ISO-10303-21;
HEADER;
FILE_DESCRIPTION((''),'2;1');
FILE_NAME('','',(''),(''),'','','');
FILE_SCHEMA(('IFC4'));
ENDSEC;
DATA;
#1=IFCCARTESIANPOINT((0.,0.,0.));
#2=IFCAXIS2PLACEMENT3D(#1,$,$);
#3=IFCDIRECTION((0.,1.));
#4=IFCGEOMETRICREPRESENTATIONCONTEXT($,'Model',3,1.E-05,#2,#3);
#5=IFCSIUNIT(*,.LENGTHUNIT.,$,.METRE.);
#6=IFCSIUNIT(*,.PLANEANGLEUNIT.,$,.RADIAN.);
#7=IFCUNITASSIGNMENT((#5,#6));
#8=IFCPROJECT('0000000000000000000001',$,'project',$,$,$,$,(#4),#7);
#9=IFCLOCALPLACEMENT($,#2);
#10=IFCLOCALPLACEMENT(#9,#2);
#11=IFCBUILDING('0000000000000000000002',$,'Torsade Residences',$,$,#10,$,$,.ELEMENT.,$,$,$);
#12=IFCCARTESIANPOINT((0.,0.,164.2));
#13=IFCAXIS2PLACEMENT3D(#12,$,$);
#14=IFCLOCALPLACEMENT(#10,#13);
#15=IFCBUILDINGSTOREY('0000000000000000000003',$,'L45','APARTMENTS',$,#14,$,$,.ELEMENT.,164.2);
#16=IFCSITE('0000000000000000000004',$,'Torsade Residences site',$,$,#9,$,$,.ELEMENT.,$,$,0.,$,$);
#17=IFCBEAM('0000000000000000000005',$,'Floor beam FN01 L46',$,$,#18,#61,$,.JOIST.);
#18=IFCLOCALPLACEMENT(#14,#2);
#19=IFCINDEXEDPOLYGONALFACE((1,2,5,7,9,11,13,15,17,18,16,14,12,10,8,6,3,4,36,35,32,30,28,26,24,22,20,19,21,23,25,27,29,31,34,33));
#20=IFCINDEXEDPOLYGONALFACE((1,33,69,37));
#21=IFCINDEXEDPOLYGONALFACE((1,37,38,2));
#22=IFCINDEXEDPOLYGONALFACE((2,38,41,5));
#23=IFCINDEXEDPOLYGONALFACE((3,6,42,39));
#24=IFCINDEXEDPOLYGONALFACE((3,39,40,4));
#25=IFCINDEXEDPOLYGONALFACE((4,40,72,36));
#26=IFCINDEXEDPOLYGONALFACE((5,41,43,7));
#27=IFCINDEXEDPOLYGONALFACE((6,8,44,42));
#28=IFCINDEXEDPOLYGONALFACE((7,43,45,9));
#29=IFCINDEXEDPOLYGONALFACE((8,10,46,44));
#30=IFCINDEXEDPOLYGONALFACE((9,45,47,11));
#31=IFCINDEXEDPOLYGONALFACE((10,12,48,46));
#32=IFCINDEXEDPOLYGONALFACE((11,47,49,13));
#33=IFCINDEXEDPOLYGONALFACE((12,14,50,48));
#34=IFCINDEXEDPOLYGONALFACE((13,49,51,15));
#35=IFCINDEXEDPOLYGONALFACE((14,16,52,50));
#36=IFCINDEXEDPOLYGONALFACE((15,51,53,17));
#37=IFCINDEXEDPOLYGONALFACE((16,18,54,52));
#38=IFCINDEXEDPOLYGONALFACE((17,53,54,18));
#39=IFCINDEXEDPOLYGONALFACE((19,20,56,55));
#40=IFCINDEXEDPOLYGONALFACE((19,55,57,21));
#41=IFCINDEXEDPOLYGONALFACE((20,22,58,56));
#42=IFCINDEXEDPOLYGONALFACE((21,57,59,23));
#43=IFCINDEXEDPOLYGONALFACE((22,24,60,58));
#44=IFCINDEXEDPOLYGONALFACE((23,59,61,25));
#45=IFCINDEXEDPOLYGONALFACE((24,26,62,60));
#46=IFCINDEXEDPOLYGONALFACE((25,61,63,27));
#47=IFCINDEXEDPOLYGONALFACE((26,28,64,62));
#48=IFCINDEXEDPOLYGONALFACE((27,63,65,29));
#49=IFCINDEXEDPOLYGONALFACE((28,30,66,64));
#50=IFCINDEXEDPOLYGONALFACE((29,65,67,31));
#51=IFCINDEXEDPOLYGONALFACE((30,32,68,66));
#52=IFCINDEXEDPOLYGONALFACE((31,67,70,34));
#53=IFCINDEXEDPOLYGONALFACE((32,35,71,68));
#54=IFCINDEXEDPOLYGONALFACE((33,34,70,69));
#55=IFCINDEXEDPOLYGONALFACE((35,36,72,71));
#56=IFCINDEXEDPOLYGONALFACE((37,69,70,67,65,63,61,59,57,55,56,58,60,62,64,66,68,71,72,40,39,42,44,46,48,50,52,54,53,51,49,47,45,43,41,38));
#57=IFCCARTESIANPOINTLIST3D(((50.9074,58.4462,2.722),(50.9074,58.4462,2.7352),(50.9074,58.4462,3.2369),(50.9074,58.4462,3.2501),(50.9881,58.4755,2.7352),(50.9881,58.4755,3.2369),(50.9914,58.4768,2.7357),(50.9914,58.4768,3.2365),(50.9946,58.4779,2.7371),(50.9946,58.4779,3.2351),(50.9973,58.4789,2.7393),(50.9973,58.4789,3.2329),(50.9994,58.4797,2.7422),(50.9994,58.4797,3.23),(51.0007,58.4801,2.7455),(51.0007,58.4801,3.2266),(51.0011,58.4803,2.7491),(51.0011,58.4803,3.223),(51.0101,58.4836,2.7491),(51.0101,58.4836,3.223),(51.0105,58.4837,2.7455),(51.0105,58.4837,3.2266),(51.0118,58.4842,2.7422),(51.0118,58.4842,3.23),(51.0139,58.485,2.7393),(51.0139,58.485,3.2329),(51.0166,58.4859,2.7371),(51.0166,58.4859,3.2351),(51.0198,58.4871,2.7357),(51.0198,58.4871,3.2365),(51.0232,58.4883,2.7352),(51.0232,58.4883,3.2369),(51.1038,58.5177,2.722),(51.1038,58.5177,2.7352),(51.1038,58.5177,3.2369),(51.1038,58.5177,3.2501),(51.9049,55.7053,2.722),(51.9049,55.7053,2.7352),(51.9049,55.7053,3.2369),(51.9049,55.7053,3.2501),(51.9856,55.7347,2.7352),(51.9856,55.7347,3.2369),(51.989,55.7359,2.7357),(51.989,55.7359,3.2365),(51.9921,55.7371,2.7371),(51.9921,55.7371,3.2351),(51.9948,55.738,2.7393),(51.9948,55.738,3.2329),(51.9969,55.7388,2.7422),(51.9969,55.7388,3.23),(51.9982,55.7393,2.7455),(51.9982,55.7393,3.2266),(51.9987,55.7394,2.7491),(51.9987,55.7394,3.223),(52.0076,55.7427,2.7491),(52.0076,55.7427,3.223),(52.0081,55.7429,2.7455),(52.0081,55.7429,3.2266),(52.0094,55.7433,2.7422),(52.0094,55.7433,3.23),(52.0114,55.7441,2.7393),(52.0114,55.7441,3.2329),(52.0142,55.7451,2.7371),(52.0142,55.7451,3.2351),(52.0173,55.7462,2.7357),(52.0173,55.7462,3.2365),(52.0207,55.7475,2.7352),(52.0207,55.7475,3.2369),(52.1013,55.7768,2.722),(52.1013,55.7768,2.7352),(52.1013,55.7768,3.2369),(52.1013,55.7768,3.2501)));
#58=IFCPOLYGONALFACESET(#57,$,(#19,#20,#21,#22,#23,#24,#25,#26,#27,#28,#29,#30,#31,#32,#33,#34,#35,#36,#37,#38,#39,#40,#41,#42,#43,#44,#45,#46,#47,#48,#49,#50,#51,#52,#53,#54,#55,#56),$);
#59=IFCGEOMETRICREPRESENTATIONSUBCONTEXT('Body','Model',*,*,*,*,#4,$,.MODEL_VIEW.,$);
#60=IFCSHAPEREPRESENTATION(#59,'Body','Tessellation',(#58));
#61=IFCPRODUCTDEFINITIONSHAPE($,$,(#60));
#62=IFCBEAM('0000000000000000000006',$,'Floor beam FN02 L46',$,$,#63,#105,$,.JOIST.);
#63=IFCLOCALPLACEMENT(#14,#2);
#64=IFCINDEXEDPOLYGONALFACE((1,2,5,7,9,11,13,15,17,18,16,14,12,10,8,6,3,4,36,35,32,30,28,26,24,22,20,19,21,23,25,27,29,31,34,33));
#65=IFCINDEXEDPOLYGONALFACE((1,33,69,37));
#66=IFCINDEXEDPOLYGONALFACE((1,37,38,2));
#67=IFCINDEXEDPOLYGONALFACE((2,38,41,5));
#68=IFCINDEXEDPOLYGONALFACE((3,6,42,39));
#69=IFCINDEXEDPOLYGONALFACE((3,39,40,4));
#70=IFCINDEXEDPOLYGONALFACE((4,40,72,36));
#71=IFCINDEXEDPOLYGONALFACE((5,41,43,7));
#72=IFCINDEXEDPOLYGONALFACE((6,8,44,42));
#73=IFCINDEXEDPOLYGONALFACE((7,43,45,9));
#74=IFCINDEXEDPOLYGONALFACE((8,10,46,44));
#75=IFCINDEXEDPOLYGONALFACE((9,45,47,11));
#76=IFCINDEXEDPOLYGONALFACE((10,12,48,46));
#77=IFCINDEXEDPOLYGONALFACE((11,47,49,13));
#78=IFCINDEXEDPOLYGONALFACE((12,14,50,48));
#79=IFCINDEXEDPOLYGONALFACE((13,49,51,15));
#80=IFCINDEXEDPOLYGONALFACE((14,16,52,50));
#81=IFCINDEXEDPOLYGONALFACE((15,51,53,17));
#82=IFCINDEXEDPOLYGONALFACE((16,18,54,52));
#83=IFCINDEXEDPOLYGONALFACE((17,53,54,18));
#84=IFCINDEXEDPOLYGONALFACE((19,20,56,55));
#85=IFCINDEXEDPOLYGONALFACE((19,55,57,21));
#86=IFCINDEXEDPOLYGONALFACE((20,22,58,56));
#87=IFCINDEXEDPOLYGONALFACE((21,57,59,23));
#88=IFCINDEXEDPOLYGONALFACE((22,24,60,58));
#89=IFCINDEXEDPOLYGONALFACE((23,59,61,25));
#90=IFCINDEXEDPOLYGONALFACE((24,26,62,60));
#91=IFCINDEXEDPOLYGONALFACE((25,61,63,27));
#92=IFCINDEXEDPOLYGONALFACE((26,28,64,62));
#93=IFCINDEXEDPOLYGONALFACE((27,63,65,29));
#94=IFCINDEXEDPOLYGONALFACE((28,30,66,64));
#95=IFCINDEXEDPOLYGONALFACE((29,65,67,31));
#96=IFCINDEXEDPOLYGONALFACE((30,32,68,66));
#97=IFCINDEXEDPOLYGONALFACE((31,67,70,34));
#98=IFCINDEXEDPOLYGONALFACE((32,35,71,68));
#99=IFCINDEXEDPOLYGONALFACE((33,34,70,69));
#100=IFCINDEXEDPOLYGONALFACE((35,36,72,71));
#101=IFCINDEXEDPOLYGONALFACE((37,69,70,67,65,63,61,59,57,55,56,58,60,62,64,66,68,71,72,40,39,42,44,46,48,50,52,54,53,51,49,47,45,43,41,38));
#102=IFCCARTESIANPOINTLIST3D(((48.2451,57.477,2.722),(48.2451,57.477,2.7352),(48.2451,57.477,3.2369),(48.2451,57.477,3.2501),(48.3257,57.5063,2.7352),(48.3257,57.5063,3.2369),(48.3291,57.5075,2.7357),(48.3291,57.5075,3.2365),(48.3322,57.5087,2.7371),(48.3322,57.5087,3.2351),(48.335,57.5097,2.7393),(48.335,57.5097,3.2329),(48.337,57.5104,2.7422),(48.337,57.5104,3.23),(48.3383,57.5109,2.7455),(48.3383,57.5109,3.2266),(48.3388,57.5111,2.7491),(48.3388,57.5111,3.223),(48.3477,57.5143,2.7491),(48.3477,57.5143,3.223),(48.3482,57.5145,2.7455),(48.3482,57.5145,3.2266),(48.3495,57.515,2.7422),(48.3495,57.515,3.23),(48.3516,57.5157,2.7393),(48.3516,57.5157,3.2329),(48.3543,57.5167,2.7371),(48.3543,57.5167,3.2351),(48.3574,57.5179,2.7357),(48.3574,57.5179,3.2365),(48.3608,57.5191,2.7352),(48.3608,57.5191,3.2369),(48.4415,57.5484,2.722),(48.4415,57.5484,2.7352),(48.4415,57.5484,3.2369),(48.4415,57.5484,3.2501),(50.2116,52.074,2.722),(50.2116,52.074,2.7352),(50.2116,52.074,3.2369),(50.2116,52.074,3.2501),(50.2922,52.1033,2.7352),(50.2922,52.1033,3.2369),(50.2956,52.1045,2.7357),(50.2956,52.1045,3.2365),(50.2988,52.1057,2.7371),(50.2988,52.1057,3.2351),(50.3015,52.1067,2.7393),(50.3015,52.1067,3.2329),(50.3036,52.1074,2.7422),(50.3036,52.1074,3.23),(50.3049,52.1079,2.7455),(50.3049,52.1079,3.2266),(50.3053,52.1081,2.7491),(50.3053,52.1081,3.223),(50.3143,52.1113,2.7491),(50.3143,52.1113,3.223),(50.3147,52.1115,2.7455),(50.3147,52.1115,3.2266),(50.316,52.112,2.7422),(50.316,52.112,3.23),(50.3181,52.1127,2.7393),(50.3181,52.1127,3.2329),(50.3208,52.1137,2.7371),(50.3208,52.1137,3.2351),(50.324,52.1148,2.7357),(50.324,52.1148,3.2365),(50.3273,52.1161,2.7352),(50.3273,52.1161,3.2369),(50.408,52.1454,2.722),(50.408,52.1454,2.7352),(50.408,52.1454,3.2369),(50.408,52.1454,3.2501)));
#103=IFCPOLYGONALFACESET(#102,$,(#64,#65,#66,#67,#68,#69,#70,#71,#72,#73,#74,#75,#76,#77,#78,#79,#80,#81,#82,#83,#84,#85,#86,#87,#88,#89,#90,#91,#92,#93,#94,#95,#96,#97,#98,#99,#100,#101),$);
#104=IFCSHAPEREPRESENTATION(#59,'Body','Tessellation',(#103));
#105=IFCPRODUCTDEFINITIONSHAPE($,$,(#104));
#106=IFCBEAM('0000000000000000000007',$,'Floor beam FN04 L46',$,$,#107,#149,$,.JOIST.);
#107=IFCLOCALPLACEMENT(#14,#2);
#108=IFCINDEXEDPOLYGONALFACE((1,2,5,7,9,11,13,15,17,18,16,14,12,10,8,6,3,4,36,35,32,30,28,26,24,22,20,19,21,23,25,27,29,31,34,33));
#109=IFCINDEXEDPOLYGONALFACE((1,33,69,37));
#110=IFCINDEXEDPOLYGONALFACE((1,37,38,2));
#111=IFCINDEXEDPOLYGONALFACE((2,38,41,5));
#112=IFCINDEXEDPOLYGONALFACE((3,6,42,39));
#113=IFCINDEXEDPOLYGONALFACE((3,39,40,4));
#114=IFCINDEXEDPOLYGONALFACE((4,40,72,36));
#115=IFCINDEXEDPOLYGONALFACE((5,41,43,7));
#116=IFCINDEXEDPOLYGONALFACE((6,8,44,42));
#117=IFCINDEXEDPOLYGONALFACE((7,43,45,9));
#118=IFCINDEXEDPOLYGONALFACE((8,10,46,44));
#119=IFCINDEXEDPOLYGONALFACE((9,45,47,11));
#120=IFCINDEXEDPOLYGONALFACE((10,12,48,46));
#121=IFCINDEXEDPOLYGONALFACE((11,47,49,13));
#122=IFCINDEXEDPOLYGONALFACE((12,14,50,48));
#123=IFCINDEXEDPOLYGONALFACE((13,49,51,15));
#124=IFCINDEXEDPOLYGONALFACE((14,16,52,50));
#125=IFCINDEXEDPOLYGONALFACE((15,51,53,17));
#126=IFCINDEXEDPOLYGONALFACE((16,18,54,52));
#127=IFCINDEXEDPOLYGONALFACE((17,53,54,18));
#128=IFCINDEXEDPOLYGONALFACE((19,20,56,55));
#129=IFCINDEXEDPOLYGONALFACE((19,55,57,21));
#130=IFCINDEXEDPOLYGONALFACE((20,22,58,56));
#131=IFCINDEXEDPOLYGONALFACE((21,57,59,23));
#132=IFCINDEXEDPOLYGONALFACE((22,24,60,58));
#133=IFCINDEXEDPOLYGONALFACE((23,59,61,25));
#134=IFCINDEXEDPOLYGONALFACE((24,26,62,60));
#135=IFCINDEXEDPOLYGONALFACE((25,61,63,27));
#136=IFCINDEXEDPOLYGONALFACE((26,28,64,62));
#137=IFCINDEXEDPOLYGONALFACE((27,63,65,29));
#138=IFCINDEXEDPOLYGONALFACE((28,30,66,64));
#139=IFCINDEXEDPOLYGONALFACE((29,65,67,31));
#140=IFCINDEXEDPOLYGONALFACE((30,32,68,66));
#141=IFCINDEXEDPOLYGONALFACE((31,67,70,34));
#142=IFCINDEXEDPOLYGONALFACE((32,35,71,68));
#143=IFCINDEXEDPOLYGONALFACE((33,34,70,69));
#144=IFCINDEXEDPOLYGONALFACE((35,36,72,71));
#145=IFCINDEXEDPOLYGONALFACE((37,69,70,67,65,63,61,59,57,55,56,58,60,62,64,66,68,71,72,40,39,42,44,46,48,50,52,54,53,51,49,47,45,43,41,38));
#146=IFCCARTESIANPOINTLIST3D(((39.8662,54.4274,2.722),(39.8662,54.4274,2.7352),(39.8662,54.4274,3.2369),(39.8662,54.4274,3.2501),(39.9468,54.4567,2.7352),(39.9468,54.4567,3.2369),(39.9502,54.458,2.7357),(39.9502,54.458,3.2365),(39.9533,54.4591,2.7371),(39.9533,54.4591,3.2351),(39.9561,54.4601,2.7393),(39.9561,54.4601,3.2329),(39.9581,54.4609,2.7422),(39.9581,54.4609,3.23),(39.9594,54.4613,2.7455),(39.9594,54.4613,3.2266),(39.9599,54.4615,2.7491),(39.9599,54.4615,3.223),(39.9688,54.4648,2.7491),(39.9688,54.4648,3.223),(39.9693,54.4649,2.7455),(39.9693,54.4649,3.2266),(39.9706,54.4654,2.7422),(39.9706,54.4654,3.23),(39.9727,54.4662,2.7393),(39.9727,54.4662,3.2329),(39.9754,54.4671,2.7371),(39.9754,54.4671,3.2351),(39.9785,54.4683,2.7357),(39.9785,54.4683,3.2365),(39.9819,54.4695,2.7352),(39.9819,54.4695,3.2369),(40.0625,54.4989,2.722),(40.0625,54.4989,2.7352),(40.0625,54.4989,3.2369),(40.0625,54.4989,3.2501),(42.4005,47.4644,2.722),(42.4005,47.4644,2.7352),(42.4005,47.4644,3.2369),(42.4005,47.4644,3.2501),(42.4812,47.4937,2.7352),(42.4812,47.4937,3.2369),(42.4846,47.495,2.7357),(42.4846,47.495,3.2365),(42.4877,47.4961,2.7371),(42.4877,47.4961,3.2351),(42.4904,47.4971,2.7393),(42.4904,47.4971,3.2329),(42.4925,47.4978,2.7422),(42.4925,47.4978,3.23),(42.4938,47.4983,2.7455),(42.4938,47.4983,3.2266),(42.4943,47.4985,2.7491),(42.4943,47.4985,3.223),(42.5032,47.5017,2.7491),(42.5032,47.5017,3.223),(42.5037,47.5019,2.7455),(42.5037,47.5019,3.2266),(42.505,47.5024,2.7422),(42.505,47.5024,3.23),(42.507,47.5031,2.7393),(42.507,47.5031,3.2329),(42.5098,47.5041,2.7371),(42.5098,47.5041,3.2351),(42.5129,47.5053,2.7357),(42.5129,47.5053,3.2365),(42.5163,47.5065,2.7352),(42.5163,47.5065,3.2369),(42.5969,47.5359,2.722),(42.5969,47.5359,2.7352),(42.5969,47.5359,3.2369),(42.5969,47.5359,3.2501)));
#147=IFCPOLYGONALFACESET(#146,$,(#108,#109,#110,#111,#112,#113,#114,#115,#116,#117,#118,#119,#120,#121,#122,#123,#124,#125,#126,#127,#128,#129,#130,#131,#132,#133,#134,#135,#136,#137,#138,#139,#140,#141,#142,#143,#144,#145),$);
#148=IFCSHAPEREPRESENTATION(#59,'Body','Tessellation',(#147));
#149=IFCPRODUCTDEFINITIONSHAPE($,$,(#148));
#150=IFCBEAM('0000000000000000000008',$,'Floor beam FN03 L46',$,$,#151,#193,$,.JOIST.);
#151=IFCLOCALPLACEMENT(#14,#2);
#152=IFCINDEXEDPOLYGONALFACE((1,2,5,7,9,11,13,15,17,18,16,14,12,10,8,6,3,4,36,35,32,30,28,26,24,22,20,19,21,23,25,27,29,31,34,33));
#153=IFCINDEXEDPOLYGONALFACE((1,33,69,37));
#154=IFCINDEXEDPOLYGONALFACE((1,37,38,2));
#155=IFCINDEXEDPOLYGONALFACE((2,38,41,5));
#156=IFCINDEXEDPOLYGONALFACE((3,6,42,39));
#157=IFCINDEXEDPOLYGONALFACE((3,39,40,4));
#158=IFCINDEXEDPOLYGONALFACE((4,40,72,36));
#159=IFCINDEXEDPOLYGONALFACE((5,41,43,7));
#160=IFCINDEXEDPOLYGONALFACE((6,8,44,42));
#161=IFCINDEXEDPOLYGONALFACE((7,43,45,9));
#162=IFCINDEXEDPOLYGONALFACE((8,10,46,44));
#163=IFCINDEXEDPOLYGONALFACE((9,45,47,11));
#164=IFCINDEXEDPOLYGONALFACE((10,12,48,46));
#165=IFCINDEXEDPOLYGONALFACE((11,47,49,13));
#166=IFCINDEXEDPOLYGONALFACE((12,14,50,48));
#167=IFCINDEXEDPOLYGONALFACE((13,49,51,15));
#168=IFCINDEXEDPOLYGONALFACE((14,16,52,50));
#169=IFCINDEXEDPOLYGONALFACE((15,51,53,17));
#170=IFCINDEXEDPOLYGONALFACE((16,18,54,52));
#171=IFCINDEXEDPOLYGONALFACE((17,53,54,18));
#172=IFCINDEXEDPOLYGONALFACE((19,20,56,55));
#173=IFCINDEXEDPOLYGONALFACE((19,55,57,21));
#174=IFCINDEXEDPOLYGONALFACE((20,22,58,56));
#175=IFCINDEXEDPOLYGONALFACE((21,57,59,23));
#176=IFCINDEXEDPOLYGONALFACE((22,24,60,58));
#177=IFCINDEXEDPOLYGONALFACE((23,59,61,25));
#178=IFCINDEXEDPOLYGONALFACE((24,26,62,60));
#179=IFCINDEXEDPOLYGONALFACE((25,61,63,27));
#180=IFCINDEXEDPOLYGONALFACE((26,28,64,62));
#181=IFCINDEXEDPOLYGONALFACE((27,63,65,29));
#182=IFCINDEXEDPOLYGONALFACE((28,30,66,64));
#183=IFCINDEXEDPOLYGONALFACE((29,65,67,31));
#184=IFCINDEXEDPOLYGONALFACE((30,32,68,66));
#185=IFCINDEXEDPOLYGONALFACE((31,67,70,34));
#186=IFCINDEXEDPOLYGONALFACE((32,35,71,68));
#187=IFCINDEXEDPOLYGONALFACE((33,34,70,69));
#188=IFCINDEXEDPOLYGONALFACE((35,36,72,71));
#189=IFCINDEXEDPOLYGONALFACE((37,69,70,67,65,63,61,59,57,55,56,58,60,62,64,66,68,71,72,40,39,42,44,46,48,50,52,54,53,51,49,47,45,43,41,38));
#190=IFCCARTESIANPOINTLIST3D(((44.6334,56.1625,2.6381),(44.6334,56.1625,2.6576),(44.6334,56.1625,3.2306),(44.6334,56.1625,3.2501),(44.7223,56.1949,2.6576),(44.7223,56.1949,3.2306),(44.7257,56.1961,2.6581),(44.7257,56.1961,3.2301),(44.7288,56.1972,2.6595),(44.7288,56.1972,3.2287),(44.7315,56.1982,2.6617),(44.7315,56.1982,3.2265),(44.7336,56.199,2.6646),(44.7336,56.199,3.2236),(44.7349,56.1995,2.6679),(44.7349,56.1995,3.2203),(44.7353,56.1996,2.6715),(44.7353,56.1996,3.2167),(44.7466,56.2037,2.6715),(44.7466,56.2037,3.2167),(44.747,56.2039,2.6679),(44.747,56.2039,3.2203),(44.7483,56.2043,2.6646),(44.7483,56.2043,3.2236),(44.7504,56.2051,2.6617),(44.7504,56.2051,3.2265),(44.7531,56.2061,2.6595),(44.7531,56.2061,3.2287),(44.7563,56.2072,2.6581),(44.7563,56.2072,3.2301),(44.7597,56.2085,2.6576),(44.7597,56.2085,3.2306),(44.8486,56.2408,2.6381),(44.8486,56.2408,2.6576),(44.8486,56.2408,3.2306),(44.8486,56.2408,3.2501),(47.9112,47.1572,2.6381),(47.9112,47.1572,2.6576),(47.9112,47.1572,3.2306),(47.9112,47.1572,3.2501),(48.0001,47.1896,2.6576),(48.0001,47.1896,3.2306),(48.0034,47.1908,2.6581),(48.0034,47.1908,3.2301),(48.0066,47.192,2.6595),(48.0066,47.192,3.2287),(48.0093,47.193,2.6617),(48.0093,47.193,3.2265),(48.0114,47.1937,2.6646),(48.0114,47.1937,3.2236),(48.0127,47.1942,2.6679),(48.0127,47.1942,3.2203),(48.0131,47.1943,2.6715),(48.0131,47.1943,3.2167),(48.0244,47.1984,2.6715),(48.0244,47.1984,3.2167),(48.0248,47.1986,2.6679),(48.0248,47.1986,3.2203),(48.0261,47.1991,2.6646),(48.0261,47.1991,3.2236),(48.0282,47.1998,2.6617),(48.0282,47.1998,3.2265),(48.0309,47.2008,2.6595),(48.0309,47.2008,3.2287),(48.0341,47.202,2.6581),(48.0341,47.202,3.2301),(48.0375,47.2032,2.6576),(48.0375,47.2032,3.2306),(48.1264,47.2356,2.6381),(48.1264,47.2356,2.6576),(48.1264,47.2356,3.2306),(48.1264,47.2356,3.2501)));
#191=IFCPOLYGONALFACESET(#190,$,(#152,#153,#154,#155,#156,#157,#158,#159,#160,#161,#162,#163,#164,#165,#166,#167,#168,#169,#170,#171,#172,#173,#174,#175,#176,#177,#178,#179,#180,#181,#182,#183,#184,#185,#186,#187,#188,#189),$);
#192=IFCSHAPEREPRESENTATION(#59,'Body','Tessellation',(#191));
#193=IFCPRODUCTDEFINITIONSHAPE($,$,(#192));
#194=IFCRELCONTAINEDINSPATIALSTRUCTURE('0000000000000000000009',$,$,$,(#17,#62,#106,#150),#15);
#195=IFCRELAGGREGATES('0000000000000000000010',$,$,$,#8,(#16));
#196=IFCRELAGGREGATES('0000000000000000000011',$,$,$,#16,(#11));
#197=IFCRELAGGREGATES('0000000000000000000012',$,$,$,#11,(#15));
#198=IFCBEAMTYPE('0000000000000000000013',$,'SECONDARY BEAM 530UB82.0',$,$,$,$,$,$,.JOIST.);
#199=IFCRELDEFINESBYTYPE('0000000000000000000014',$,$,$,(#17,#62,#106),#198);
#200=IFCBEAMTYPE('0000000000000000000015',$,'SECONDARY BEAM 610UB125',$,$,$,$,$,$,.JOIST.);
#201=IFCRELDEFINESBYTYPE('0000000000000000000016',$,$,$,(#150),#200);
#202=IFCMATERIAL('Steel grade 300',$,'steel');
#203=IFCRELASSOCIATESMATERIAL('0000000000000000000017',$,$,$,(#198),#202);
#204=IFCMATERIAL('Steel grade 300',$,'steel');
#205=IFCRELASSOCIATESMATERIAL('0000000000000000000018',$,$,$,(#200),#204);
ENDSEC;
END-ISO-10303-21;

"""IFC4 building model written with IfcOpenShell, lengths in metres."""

from ifc_helpers import new_model, si_unit, direction, frame, origin, origin_2d, place, context, subcontext, project, spatial, i_section, extrude, material, material_profile, profile_set, type_object, element, save


model = new_model("IFC4")

# Units and contexts
model_context = context("Model", 3, precision=1e-05, world=origin(), true_north=direction((0.0, 1.0)))
body_context = subcontext(model_context, "Body", "Model", "MODEL_VIEW")
ifc_project = project(units=[si_unit("LENGTHUNIT", "METRE"), si_unit("PLANEANGLEUNIT", "RADIAN")], contexts=[model_context])

# Site, building, storey
site_placement = place(None, origin())
site = spatial("IfcSite", under=ifc_project, at=site_placement, Name="Torsade Residences site", CompositionType="ELEMENT", RefElevation=0.0)
building_placement = place(site_placement, origin())
building = spatial("IfcBuilding", under=site, at=building_placement, Name="Torsade Residences", CompositionType="ELEMENT")
storey_placement = place(building_placement, frame((0.0, 0.0, 164.2)))
storey = spatial("IfcBuildingStorey", under=building, at=storey_placement, Name="L45", Description="APARTMENTS", CompositionType="ELEMENT", Elevation=164.2)

# Beams
ifc_material_1 = material(Name="Steel grade 300", Category="steel")
ifc_material_profile_1 = material_profile(ifc_material_1, i_section(OverallWidth=0.209, OverallDepth=0.5281, WebThickness=0.0095, FlangeThickness=0.0132, FilletRadius=0.0139, at=origin_2d()), Name="530UB82.0")
ifc_profile_set_1 = profile_set([ifc_material_profile_1], Name="Steel grade 300")
beam_type_1 = type_object("IfcBeamType", Name="SECONDARY BEAM 530UB82.0", PredefinedType="JOIST", material=ifc_profile_set_1)
beam_1_placement = place(storey_placement, frame((51.0056, 58.4819, 2.9861), z_axis=(0.341998, -0.939701, 0.0), x_axis=(0.939701, 0.341998, 0.0)))
element("IfcBeam", 1, at=beam_1_placement, inside=storey, type_object=beam_type_1, Name="Floor beam FN01 L46", PredefinedType="JOIST", context=body_context, shape_type="SweptSolid", body=[
    extrude(i_section(OverallWidth=0.209, OverallDepth=0.5281, WebThickness=0.0095, FlangeThickness=0.0132, FilletRadius=0.0139, at=origin_2d()), origin(), (0.0, 0.0, 1.0), 2.9167),
])
beam_2_placement = place(storey_placement, frame((48.3433, 57.5127, 2.9861), z_axis=(0.342019, -0.939693, 0.0), x_axis=(0.939693, 0.342019, 0.0)))
element("IfcBeam", 2, at=beam_2_placement, inside=storey, type_object=beam_type_1, Name="Floor beam FN02 L46", PredefinedType="JOIST", context=body_context, shape_type="SweptSolid", body=[
    extrude(i_section(OverallWidth=0.209, OverallDepth=0.5281, WebThickness=0.0095, FlangeThickness=0.0132, FilletRadius=0.0139, at=origin_2d()), origin(), (0.0, 0.0, 1.0), 5.7498),
])
beam_3_placement = place(storey_placement, frame((39.9644, 54.4631, 2.9861), z_axis=(0.342026, -0.93969, 0.0), x_axis=(0.93969, 0.342026, 0.0)))
element("IfcBeam", 3, at=beam_3_placement, inside=storey, type_object=beam_type_1, Name="Floor beam FN04 L46", PredefinedType="JOIST", context=body_context, shape_type="SweptSolid", body=[
    extrude(i_section(OverallWidth=0.209, OverallDepth=0.5281, WebThickness=0.0095, FlangeThickness=0.0132, FilletRadius=0.0139, at=origin_2d()), origin(), (0.0, 0.0, 1.0), 7.4099),
])
ifc_material_2 = material(Name="Steel grade 300", Category="steel")
ifc_material_profile_2 = material_profile(ifc_material_2, i_section(OverallWidth=0.229, OverallDepth=0.6121, WebThickness=0.012, FlangeThickness=0.0195, FilletRadius=0.0139, at=origin_2d()), Name="610UB125")
ifc_profile_set_2 = profile_set([ifc_material_profile_2], Name="Steel grade 300")
beam_type_2 = type_object("IfcBeamType", Name="SECONDARY BEAM 610UB125", PredefinedType="JOIST", material=ifc_profile_set_2)
beam_4_placement = place(storey_placement, frame((44.741, 56.2017, 2.9441), z_axis=(0.342034, -0.939688, 0.0), x_axis=(0.939688, 0.342034, 0.0)))
element("IfcBeam", 4, at=beam_4_placement, inside=storey, type_object=beam_type_2, Name="Floor beam FN03 L46", PredefinedType="JOIST", context=body_context, shape_type="SweptSolid", body=[
    extrude(i_section(OverallWidth=0.229, OverallDepth=0.6121, WebThickness=0.012, FlangeThickness=0.0195, FilletRadius=0.0139, at=origin_2d()), origin(), (0.0, 0.0, 1.0), 9.5833),
])

save(model, "model.ifc")
